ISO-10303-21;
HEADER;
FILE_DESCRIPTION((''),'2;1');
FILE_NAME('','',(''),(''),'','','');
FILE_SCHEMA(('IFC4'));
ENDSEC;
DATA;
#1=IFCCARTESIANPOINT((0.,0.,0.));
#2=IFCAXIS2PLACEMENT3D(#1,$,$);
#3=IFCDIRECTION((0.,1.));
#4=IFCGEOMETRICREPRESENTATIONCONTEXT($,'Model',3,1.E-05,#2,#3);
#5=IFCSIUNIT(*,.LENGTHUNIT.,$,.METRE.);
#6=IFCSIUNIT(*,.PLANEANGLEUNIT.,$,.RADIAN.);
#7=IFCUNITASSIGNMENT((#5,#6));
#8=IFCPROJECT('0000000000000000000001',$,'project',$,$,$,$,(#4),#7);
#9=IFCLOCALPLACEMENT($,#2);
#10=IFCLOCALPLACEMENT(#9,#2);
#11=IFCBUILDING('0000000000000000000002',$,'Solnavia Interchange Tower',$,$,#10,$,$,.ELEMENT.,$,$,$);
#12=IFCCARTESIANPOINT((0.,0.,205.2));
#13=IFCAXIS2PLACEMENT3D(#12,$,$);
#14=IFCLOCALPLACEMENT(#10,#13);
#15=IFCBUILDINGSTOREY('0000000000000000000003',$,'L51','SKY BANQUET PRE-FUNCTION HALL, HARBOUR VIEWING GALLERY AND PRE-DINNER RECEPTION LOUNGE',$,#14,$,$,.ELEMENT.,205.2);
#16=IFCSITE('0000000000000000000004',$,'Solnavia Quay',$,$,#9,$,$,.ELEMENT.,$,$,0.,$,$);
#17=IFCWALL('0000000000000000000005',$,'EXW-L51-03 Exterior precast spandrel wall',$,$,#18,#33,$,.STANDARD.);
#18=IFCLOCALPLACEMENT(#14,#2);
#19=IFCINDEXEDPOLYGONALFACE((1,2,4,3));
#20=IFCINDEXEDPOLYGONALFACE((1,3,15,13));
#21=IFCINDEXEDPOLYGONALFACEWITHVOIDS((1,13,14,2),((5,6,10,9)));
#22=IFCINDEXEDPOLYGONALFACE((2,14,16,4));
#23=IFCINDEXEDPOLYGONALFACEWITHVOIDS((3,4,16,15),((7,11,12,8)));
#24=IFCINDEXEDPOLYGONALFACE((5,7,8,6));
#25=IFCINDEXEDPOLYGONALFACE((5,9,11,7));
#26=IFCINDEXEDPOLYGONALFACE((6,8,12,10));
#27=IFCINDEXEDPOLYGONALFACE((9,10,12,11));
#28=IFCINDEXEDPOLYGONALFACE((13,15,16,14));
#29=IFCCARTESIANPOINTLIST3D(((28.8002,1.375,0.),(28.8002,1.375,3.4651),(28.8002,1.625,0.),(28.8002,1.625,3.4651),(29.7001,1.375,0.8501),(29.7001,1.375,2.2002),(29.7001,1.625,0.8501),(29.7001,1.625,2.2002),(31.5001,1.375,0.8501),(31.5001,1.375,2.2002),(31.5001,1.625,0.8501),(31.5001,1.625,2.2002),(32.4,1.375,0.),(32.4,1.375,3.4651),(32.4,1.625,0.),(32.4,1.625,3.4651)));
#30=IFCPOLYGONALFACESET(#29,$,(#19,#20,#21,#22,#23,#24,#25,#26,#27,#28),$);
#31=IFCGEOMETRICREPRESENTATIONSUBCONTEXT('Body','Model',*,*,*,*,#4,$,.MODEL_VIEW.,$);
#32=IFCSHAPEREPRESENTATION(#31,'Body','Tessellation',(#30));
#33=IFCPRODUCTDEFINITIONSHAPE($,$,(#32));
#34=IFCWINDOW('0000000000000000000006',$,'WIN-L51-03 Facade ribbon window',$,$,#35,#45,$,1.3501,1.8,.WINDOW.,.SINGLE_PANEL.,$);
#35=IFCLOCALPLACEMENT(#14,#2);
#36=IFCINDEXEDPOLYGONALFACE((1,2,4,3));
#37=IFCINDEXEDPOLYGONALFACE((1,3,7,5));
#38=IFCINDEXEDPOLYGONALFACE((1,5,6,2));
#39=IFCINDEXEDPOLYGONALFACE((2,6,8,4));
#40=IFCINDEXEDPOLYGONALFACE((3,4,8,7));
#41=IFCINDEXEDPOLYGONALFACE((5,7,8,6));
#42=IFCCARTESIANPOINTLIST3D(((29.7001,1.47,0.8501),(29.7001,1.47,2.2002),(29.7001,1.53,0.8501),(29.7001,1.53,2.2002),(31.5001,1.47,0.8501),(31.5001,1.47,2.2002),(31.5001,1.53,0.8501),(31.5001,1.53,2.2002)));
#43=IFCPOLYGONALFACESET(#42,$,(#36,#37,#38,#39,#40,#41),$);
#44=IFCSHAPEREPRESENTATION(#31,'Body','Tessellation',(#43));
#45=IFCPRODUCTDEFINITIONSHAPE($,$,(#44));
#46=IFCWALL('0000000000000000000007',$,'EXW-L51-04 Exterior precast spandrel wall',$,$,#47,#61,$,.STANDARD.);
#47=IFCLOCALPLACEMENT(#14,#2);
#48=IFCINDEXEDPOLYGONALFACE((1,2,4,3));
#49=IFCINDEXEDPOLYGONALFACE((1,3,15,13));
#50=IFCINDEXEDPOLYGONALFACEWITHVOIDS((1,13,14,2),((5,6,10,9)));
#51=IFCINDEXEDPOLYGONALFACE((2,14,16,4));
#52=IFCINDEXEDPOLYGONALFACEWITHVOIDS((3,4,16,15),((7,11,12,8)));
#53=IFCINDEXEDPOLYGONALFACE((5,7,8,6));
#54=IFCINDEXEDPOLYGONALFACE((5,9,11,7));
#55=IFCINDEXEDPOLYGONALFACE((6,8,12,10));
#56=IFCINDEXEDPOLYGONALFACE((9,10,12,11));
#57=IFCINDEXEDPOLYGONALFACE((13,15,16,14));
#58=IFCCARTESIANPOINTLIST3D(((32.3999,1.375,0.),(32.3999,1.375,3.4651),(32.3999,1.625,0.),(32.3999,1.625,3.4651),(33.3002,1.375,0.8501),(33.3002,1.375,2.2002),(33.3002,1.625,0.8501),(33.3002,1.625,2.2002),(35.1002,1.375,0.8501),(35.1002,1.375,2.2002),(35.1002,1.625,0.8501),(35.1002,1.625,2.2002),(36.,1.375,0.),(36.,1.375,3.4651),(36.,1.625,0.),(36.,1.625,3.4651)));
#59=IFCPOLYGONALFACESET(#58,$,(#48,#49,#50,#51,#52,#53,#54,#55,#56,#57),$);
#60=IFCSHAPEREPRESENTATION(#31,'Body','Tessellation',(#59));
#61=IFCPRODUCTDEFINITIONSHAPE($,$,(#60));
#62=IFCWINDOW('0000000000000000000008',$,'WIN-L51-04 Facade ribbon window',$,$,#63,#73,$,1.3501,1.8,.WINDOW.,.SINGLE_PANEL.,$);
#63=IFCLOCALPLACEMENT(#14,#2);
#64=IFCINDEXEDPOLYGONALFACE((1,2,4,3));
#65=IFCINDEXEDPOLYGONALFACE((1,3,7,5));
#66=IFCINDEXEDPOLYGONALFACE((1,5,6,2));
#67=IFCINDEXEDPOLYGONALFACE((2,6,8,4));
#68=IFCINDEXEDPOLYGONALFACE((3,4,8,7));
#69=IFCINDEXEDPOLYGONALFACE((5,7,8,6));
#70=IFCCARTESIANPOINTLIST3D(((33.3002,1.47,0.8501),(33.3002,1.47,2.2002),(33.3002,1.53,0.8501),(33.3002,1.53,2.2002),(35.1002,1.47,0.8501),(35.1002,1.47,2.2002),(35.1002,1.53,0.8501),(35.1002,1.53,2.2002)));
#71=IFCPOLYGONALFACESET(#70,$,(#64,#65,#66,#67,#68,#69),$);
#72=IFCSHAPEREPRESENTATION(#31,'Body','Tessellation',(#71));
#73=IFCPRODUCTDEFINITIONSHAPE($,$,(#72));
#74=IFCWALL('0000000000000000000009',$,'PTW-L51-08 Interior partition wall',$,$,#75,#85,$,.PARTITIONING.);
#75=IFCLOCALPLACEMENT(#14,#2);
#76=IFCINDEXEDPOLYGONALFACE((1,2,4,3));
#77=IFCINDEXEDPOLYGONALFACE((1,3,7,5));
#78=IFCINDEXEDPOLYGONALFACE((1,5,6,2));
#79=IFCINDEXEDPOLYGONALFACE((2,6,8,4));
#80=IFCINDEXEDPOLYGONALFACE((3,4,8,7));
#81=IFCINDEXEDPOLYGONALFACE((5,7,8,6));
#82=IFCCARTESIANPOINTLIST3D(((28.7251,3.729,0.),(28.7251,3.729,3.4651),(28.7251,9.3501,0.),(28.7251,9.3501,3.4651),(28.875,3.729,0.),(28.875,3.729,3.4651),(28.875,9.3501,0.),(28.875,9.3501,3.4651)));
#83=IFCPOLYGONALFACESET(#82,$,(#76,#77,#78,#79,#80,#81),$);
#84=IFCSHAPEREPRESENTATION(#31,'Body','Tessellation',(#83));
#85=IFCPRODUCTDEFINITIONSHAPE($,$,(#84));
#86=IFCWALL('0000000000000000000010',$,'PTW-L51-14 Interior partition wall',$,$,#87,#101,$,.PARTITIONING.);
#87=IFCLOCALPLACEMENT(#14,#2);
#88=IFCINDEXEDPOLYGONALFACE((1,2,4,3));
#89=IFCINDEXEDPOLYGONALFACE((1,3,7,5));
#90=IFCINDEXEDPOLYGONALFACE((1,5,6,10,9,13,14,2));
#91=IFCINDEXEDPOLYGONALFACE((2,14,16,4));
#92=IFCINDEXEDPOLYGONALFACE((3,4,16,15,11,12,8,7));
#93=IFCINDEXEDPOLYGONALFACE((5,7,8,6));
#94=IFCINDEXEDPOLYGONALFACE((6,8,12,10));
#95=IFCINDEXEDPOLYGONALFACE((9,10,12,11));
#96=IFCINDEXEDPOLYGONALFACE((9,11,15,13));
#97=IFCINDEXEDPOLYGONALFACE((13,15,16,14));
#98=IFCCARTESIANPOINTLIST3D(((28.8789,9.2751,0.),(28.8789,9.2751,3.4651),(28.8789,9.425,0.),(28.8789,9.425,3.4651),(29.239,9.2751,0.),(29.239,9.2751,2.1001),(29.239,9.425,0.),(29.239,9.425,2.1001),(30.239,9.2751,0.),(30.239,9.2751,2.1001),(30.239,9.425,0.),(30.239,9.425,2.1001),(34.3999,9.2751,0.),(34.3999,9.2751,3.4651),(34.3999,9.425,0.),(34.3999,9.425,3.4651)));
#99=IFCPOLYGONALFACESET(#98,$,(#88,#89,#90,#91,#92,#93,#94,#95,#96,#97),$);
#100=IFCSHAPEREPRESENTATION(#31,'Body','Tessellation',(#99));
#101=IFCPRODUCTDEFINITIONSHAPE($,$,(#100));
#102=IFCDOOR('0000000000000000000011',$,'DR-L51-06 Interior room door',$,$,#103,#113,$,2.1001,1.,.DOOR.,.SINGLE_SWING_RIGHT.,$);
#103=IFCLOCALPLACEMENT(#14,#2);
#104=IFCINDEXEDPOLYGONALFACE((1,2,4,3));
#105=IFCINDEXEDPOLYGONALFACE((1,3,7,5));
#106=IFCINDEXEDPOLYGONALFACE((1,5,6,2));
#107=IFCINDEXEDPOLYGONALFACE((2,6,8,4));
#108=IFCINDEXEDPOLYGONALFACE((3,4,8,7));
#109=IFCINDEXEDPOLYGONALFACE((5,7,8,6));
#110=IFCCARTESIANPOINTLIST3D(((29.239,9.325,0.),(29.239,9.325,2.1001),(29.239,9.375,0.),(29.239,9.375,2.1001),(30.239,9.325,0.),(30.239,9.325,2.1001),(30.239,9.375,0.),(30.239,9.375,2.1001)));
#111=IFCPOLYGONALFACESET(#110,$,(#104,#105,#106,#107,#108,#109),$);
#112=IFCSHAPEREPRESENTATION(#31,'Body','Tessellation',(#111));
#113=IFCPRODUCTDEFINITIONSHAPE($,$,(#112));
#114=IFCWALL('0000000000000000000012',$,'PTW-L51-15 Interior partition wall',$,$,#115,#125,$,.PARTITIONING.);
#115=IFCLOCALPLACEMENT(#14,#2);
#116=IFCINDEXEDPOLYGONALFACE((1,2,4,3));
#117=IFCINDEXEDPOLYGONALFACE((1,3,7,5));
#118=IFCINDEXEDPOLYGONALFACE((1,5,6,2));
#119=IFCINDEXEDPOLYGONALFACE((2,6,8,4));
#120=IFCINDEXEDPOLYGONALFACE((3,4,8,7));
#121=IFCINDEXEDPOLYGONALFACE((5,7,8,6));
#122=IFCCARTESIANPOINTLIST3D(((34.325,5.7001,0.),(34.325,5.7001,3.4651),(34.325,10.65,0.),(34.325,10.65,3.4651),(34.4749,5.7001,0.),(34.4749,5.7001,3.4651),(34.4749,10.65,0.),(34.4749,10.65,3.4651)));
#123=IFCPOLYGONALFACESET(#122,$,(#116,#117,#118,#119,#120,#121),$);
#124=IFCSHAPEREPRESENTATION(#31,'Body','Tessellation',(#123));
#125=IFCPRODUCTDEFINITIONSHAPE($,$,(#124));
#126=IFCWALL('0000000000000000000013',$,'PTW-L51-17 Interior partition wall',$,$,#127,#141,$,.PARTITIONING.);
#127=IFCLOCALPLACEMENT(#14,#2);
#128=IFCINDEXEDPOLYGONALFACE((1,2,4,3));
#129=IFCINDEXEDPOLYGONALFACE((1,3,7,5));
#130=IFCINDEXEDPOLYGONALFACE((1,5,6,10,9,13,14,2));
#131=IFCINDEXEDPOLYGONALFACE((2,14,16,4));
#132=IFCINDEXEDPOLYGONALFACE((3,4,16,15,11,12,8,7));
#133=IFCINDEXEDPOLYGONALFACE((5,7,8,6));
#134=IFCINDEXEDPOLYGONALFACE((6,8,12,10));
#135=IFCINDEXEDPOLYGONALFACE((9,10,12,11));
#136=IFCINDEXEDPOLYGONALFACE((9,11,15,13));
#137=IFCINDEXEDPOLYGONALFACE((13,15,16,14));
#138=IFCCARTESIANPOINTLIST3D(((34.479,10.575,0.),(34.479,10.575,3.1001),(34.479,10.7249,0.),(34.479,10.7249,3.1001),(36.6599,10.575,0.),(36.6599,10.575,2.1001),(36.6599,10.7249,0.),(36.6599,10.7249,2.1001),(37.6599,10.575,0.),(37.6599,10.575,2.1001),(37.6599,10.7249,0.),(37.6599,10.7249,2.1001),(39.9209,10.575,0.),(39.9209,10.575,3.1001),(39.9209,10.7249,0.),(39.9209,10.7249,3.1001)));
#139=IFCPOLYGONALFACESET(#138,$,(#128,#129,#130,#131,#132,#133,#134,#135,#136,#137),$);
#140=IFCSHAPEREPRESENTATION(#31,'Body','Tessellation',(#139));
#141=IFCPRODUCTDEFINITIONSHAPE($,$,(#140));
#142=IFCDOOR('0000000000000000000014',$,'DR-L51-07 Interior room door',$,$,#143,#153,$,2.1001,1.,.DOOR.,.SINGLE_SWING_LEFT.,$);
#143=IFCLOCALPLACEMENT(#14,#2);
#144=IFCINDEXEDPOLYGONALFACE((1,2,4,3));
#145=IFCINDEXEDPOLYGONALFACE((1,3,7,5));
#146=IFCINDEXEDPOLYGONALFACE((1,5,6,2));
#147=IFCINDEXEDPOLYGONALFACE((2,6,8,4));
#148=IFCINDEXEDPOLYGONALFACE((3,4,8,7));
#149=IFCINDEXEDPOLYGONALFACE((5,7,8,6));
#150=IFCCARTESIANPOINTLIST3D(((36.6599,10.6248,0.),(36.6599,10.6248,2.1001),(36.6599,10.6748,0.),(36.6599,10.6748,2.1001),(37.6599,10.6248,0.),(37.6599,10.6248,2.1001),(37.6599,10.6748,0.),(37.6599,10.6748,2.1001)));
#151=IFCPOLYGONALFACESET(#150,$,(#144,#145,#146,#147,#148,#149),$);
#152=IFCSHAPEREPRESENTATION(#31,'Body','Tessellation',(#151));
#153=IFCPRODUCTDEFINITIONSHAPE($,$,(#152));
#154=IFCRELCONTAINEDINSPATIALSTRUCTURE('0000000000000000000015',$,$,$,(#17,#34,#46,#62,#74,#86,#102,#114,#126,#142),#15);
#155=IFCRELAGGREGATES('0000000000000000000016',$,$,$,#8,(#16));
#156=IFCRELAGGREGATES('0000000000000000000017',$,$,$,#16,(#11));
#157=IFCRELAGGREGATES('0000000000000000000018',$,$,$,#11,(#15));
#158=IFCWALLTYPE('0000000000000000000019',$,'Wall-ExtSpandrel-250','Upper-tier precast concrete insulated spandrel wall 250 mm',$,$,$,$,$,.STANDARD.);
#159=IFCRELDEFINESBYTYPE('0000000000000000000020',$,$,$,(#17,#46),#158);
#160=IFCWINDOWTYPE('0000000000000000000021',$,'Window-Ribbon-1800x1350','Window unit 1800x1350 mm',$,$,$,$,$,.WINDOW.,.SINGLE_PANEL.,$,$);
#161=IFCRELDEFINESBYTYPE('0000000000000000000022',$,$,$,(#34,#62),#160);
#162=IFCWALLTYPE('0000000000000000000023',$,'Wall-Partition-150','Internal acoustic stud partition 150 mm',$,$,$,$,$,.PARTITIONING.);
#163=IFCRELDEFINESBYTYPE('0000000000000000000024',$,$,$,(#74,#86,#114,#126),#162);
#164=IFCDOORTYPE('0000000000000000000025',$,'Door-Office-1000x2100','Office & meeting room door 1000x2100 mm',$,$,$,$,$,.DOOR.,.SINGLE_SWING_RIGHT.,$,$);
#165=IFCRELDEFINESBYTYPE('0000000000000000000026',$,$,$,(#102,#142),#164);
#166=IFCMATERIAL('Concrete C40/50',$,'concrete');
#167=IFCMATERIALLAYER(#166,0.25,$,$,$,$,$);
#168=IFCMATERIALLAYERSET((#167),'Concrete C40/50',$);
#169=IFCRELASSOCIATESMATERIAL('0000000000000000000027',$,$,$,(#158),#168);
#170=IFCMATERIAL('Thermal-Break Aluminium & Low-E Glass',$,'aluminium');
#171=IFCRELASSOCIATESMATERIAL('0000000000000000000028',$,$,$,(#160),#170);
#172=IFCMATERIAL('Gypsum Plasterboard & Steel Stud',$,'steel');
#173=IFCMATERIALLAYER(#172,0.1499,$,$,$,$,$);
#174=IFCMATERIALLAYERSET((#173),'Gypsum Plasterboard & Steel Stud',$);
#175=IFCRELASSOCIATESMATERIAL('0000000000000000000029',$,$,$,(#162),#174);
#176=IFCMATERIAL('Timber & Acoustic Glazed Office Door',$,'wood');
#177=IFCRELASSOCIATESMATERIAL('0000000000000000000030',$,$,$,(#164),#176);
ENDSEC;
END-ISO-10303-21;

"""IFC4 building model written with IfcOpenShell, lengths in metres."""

from ifc_helpers import new_model, si_unit, direction, frame, frame_2d, origin, place, context, subcontext, project, spatial, rectangle, extrude, material, layer, layer_set, type_object, element, fill, save


model = new_model("IFC4")

# Units and contexts
model_context = context("Model", 3, precision=1e-05, world=origin(), true_north=direction((0.0, 1.0)))
body_context = subcontext(model_context, "Body", "Model", "MODEL_VIEW")
ifc_project = project(units=[si_unit("LENGTHUNIT", "METRE"), si_unit("PLANEANGLEUNIT", "RADIAN")], contexts=[model_context])

# Site, building, storey
site_placement = place(None, origin())
site = spatial("IfcSite", under=ifc_project, at=site_placement, Name="Solnavia Quay", CompositionType="ELEMENT", RefElevation=0.0)
building_placement = place(site_placement, origin())
building = spatial("IfcBuilding", under=site, at=building_placement, Name="Solnavia Interchange Tower", CompositionType="ELEMENT")
storey_placement = place(building_placement, frame((0.0, 0.0, 205.2)))
storey = spatial("IfcBuildingStorey", under=building, at=storey_placement, Name="L51", Description="SKY BANQUET PRE-FUNCTION HALL, HARBOUR VIEWING GALLERY AND PRE-DINNER RECEPTION LOUNGE", CompositionType="ELEMENT", Elevation=205.2)

# Walls, openings, windows
ifc_material_1 = material(Name="Concrete C40/50", Category="concrete")
ifc_layer_1 = layer(ifc_material_1, 0.25)
ifc_layer_set_1 = layer_set([ifc_layer_1], Name="Concrete C40/50")
wall_type_1 = type_object("IfcWallType", Name="Wall-ExtSpandrel-250", Description="Upper-tier precast concrete insulated spandrel wall 250 mm", PredefinedType="STANDARD", material=ifc_layer_set_1)
wall_1_placement = place(storey_placement, frame((32.3999, 1.5, 0.0), z_axis=(0.0, 0.0, 1.0), x_axis=(-1.0, 0.0, 0.0)))
wall_1 = element("IfcWall", 1, at=wall_1_placement, inside=storey, type_object=wall_type_1, Name="EXW-L51-03 Exterior precast spandrel wall", PredefinedType="STANDARD", context=body_context, shape_type="SweptSolid", body=[
    extrude(rectangle(XDim=3.5999, YDim=0.25, at=frame_2d((1.7998, 0.0))), origin(), (0.0, 0.0, 1.0), 3.4651),
])
opening_1_placement = place(wall_1_placement, frame((0.8999, 0.0, 0.8501)))
opening_1 = element("IfcOpeningElement", 2, at=opening_1_placement, cuts=wall_1, PredefinedType="OPENING", context=body_context, shape_type="SweptSolid", body=[
    extrude(rectangle(XDim=1.8, YDim=1.3501, at=frame_2d((0.8999, 0.675))), frame((0.0, 0.135, 0.0), z_axis=(0.0, -1.0, 0.0), x_axis=(1.0, 0.0, 0.0)), (0.0, 0.0, 1.0), 0.27),
])
ifc_material_2 = material(Name="Thermal-Break Aluminium & Low-E Glass", Category="aluminium")
window_type = type_object("IfcWindowType", Name="Window-Ribbon-1800x1350", Description="Window unit 1800x1350 mm", PartitioningType="SINGLE_PANEL", PredefinedType="WINDOW", material=ifc_material_2)
window_1_placement = place(opening_1_placement, origin())
window_1 = element("IfcWindow", 3, at=window_1_placement, inside=storey, type_object=window_type, Name="WIN-L51-03 Facade ribbon window", OverallHeight=1.3501, OverallWidth=1.8, PartitioningType="SINGLE_PANEL", PredefinedType="WINDOW", context=body_context, shape_type="SweptSolid", body=[
    extrude(rectangle(XDim=1.8, YDim=1.3501, at=frame_2d((0.8999, 0.675))), frame((0.0, 0.03, 0.0), z_axis=(0.0, -1.0, 0.0), x_axis=(1.0, 0.0, 0.0)), (0.0, 0.0, 1.0), 0.0601),
])
fill(opening_1, window_1)
wall_2_placement = place(storey_placement, frame((36.0, 1.5, 0.0), z_axis=(0.0, 0.0, 1.0), x_axis=(-1.0, 0.0, 0.0)))
wall_2 = element("IfcWall", 4, at=wall_2_placement, inside=storey, type_object=wall_type_1, Name="EXW-L51-04 Exterior precast spandrel wall", PredefinedType="STANDARD", context=body_context, shape_type="SweptSolid", body=[
    extrude(rectangle(XDim=3.6001, YDim=0.25, at=frame_2d((1.8, 0.0))), origin(), (0.0, 0.0, 1.0), 3.4651),
])
opening_2_placement = place(wall_2_placement, frame((0.8999, 0.0, 0.8501)))
opening_2 = element("IfcOpeningElement", 5, at=opening_2_placement, cuts=wall_2, PredefinedType="OPENING", context=body_context, shape_type="SweptSolid", body=[
    extrude(rectangle(XDim=1.8, YDim=1.3501, at=frame_2d((0.8999, 0.675))), frame((0.0, 0.135, 0.0), z_axis=(0.0, -1.0, 0.0), x_axis=(1.0, 0.0, 0.0)), (0.0, 0.0, 1.0), 0.27),
])
window_2_placement = place(opening_2_placement, origin())
window_2 = element("IfcWindow", 6, at=window_2_placement, inside=storey, type_object=window_type, Name="WIN-L51-04 Facade ribbon window", OverallHeight=1.3501, OverallWidth=1.8, PartitioningType="SINGLE_PANEL", PredefinedType="WINDOW", context=body_context, shape_type="SweptSolid", body=[
    extrude(rectangle(XDim=1.8, YDim=1.3501, at=frame_2d((0.8999, 0.675))), frame((0.0, 0.03, 0.0), z_axis=(0.0, -1.0, 0.0), x_axis=(1.0, 0.0, 0.0)), (0.0, 0.0, 1.0), 0.0601),
])
fill(opening_2, window_2)

# Wall
ifc_material_3 = material(Name="Gypsum Plasterboard & Steel Stud", Category="steel")
ifc_layer_2 = layer(ifc_material_3, 0.1499)
ifc_layer_set_2 = layer_set([ifc_layer_2], Name="Gypsum Plasterboard & Steel Stud")
wall_type_2 = type_object("IfcWallType", Name="Wall-Partition-150", Description="Internal acoustic stud partition 150 mm", PredefinedType="PARTITIONING", material=ifc_layer_set_2)
wall_3_placement = place(storey_placement, frame((28.8, 9.3501, 0.0), z_axis=(0.0, 0.0, 1.0), x_axis=(0.0, -1.0, 0.0)))
element("IfcWall", 7, at=wall_3_placement, inside=storey, type_object=wall_type_2, Name="PTW-L51-08 Interior partition wall", PredefinedType="PARTITIONING", context=body_context, shape_type="SweptSolid", body=[
    extrude(rectangle(XDim=5.6211, YDim=0.1499, at=frame_2d((2.8105, 0.0))), origin(), (0.0, 0.0, 1.0), 3.4651),
])

# Wall, opening, door
wall_4_placement = place(storey_placement, frame((28.8789, 9.3501, 0.0), z_axis=(0.0, 0.0, 1.0), x_axis=(1.0, 0.0, 0.0)))
wall_4 = element("IfcWall", 8, at=wall_4_placement, inside=storey, type_object=wall_type_2, Name="PTW-L51-14 Interior partition wall", PredefinedType="PARTITIONING", context=body_context, shape_type="SweptSolid", body=[
    extrude(rectangle(XDim=5.521, YDim=0.1499, at=frame_2d((2.7605, 0.0))), origin(), (0.0, 0.0, 1.0), 3.4651),
])
opening_3_placement = place(wall_4_placement, frame((0.3601, 0.0, 0.0)))
opening_3 = element("IfcOpeningElement", 9, at=opening_3_placement, cuts=wall_4, PredefinedType="OPENING", context=body_context, shape_type="SweptSolid", body=[
    extrude(rectangle(XDim=1.0, YDim=2.1001, at=frame_2d((0.5, 1.05))), frame((0.0, 0.085, 0.0), z_axis=(0.0, -1.0, 0.0), x_axis=(1.0, 0.0, 0.0)), (0.0, 0.0, 1.0), 0.1699),
])
ifc_material_4 = material(Name="Timber & Acoustic Glazed Office Door", Category="wood")
door_type_1 = type_object("IfcDoorType", Name="Door-Office-1000x2100", Description="Office & meeting room door 1000x2100 mm", OperationType="SINGLE_SWING_RIGHT", PredefinedType="DOOR", material=ifc_material_4)
door_1_placement = place(opening_3_placement, origin())
door_1 = element("IfcDoor", 10, at=door_1_placement, inside=storey, type_object=door_type_1, Name="DR-L51-06 Interior room door", OperationType="SINGLE_SWING_RIGHT", OverallHeight=2.1001, OverallWidth=1.0, PredefinedType="DOOR", context=body_context, shape_type="SweptSolid", body=[
    extrude(rectangle(XDim=1.0, YDim=2.1001, at=frame_2d((0.5, 1.05))), frame((0.0, 0.0249, 0.0), z_axis=(0.0, -1.0, 0.0), x_axis=(1.0, 0.0, 0.0)), (0.0, 0.0, 1.0), 0.05),
])
fill(opening_3, door_1)

# Wall
wall_5_placement = place(storey_placement, frame((34.3999, 5.7, 0.0), z_axis=(0.0, 0.0, 1.0), x_axis=(0.0, 1.0, 0.0)))
element("IfcWall", 11, at=wall_5_placement, inside=storey, type_object=wall_type_2, Name="PTW-L51-15 Interior partition wall", PredefinedType="PARTITIONING", context=body_context, shape_type="SweptSolid", body=[
    extrude(rectangle(XDim=4.95, YDim=0.1499, at=frame_2d((2.4751, 0.0))), origin(), (0.0, 0.0, 1.0), 3.4651),
])

# Wall, opening, door
wall_6_placement = place(storey_placement, frame((34.479, 10.6499, 0.0), z_axis=(0.0, 0.0, 1.0), x_axis=(1.0, 0.0, 0.0)))
wall_6 = element("IfcWall", 12, at=wall_6_placement, inside=storey, type_object=wall_type_2, Name="PTW-L51-17 Interior partition wall", PredefinedType="PARTITIONING", context=body_context, shape_type="SweptSolid", body=[
    extrude(rectangle(XDim=5.4419, YDim=0.1499, at=frame_2d((2.7209, 0.0))), origin(), (0.0, 0.0, 1.0), 3.1001),
])
opening_4_placement = place(wall_6_placement, frame((2.1809, 0.0, 0.0)))
opening_4 = element("IfcOpeningElement", 13, at=opening_4_placement, cuts=wall_6, PredefinedType="OPENING", context=body_context, shape_type="SweptSolid", body=[
    extrude(rectangle(XDim=1.0, YDim=2.1001, at=frame_2d((0.5, 1.05))), frame((0.0, 0.085, 0.0), z_axis=(0.0, -1.0, 0.0), x_axis=(1.0, 0.0, 0.0)), (0.0, 0.0, 1.0), 0.1699),
])
door_2_placement = place(opening_4_placement, origin())
door_2 = element("IfcDoor", 14, at=door_2_placement, inside=storey, type_object=door_type_1, Name="DR-L51-07 Interior room door", OperationType="SINGLE_SWING_LEFT", OverallHeight=2.1001, OverallWidth=1.0, PredefinedType="DOOR", context=body_context, shape_type="SweptSolid", body=[
    extrude(rectangle(XDim=1.0, YDim=2.1001, at=frame_2d((0.5, 1.05))), frame((0.0, 0.0249, 0.0), z_axis=(0.0, -1.0, 0.0), x_axis=(1.0, 0.0, 0.0)), (0.0, 0.0, 1.0), 0.05),
])
fill(opening_4, door_2)

save(model, "model.ifc")
